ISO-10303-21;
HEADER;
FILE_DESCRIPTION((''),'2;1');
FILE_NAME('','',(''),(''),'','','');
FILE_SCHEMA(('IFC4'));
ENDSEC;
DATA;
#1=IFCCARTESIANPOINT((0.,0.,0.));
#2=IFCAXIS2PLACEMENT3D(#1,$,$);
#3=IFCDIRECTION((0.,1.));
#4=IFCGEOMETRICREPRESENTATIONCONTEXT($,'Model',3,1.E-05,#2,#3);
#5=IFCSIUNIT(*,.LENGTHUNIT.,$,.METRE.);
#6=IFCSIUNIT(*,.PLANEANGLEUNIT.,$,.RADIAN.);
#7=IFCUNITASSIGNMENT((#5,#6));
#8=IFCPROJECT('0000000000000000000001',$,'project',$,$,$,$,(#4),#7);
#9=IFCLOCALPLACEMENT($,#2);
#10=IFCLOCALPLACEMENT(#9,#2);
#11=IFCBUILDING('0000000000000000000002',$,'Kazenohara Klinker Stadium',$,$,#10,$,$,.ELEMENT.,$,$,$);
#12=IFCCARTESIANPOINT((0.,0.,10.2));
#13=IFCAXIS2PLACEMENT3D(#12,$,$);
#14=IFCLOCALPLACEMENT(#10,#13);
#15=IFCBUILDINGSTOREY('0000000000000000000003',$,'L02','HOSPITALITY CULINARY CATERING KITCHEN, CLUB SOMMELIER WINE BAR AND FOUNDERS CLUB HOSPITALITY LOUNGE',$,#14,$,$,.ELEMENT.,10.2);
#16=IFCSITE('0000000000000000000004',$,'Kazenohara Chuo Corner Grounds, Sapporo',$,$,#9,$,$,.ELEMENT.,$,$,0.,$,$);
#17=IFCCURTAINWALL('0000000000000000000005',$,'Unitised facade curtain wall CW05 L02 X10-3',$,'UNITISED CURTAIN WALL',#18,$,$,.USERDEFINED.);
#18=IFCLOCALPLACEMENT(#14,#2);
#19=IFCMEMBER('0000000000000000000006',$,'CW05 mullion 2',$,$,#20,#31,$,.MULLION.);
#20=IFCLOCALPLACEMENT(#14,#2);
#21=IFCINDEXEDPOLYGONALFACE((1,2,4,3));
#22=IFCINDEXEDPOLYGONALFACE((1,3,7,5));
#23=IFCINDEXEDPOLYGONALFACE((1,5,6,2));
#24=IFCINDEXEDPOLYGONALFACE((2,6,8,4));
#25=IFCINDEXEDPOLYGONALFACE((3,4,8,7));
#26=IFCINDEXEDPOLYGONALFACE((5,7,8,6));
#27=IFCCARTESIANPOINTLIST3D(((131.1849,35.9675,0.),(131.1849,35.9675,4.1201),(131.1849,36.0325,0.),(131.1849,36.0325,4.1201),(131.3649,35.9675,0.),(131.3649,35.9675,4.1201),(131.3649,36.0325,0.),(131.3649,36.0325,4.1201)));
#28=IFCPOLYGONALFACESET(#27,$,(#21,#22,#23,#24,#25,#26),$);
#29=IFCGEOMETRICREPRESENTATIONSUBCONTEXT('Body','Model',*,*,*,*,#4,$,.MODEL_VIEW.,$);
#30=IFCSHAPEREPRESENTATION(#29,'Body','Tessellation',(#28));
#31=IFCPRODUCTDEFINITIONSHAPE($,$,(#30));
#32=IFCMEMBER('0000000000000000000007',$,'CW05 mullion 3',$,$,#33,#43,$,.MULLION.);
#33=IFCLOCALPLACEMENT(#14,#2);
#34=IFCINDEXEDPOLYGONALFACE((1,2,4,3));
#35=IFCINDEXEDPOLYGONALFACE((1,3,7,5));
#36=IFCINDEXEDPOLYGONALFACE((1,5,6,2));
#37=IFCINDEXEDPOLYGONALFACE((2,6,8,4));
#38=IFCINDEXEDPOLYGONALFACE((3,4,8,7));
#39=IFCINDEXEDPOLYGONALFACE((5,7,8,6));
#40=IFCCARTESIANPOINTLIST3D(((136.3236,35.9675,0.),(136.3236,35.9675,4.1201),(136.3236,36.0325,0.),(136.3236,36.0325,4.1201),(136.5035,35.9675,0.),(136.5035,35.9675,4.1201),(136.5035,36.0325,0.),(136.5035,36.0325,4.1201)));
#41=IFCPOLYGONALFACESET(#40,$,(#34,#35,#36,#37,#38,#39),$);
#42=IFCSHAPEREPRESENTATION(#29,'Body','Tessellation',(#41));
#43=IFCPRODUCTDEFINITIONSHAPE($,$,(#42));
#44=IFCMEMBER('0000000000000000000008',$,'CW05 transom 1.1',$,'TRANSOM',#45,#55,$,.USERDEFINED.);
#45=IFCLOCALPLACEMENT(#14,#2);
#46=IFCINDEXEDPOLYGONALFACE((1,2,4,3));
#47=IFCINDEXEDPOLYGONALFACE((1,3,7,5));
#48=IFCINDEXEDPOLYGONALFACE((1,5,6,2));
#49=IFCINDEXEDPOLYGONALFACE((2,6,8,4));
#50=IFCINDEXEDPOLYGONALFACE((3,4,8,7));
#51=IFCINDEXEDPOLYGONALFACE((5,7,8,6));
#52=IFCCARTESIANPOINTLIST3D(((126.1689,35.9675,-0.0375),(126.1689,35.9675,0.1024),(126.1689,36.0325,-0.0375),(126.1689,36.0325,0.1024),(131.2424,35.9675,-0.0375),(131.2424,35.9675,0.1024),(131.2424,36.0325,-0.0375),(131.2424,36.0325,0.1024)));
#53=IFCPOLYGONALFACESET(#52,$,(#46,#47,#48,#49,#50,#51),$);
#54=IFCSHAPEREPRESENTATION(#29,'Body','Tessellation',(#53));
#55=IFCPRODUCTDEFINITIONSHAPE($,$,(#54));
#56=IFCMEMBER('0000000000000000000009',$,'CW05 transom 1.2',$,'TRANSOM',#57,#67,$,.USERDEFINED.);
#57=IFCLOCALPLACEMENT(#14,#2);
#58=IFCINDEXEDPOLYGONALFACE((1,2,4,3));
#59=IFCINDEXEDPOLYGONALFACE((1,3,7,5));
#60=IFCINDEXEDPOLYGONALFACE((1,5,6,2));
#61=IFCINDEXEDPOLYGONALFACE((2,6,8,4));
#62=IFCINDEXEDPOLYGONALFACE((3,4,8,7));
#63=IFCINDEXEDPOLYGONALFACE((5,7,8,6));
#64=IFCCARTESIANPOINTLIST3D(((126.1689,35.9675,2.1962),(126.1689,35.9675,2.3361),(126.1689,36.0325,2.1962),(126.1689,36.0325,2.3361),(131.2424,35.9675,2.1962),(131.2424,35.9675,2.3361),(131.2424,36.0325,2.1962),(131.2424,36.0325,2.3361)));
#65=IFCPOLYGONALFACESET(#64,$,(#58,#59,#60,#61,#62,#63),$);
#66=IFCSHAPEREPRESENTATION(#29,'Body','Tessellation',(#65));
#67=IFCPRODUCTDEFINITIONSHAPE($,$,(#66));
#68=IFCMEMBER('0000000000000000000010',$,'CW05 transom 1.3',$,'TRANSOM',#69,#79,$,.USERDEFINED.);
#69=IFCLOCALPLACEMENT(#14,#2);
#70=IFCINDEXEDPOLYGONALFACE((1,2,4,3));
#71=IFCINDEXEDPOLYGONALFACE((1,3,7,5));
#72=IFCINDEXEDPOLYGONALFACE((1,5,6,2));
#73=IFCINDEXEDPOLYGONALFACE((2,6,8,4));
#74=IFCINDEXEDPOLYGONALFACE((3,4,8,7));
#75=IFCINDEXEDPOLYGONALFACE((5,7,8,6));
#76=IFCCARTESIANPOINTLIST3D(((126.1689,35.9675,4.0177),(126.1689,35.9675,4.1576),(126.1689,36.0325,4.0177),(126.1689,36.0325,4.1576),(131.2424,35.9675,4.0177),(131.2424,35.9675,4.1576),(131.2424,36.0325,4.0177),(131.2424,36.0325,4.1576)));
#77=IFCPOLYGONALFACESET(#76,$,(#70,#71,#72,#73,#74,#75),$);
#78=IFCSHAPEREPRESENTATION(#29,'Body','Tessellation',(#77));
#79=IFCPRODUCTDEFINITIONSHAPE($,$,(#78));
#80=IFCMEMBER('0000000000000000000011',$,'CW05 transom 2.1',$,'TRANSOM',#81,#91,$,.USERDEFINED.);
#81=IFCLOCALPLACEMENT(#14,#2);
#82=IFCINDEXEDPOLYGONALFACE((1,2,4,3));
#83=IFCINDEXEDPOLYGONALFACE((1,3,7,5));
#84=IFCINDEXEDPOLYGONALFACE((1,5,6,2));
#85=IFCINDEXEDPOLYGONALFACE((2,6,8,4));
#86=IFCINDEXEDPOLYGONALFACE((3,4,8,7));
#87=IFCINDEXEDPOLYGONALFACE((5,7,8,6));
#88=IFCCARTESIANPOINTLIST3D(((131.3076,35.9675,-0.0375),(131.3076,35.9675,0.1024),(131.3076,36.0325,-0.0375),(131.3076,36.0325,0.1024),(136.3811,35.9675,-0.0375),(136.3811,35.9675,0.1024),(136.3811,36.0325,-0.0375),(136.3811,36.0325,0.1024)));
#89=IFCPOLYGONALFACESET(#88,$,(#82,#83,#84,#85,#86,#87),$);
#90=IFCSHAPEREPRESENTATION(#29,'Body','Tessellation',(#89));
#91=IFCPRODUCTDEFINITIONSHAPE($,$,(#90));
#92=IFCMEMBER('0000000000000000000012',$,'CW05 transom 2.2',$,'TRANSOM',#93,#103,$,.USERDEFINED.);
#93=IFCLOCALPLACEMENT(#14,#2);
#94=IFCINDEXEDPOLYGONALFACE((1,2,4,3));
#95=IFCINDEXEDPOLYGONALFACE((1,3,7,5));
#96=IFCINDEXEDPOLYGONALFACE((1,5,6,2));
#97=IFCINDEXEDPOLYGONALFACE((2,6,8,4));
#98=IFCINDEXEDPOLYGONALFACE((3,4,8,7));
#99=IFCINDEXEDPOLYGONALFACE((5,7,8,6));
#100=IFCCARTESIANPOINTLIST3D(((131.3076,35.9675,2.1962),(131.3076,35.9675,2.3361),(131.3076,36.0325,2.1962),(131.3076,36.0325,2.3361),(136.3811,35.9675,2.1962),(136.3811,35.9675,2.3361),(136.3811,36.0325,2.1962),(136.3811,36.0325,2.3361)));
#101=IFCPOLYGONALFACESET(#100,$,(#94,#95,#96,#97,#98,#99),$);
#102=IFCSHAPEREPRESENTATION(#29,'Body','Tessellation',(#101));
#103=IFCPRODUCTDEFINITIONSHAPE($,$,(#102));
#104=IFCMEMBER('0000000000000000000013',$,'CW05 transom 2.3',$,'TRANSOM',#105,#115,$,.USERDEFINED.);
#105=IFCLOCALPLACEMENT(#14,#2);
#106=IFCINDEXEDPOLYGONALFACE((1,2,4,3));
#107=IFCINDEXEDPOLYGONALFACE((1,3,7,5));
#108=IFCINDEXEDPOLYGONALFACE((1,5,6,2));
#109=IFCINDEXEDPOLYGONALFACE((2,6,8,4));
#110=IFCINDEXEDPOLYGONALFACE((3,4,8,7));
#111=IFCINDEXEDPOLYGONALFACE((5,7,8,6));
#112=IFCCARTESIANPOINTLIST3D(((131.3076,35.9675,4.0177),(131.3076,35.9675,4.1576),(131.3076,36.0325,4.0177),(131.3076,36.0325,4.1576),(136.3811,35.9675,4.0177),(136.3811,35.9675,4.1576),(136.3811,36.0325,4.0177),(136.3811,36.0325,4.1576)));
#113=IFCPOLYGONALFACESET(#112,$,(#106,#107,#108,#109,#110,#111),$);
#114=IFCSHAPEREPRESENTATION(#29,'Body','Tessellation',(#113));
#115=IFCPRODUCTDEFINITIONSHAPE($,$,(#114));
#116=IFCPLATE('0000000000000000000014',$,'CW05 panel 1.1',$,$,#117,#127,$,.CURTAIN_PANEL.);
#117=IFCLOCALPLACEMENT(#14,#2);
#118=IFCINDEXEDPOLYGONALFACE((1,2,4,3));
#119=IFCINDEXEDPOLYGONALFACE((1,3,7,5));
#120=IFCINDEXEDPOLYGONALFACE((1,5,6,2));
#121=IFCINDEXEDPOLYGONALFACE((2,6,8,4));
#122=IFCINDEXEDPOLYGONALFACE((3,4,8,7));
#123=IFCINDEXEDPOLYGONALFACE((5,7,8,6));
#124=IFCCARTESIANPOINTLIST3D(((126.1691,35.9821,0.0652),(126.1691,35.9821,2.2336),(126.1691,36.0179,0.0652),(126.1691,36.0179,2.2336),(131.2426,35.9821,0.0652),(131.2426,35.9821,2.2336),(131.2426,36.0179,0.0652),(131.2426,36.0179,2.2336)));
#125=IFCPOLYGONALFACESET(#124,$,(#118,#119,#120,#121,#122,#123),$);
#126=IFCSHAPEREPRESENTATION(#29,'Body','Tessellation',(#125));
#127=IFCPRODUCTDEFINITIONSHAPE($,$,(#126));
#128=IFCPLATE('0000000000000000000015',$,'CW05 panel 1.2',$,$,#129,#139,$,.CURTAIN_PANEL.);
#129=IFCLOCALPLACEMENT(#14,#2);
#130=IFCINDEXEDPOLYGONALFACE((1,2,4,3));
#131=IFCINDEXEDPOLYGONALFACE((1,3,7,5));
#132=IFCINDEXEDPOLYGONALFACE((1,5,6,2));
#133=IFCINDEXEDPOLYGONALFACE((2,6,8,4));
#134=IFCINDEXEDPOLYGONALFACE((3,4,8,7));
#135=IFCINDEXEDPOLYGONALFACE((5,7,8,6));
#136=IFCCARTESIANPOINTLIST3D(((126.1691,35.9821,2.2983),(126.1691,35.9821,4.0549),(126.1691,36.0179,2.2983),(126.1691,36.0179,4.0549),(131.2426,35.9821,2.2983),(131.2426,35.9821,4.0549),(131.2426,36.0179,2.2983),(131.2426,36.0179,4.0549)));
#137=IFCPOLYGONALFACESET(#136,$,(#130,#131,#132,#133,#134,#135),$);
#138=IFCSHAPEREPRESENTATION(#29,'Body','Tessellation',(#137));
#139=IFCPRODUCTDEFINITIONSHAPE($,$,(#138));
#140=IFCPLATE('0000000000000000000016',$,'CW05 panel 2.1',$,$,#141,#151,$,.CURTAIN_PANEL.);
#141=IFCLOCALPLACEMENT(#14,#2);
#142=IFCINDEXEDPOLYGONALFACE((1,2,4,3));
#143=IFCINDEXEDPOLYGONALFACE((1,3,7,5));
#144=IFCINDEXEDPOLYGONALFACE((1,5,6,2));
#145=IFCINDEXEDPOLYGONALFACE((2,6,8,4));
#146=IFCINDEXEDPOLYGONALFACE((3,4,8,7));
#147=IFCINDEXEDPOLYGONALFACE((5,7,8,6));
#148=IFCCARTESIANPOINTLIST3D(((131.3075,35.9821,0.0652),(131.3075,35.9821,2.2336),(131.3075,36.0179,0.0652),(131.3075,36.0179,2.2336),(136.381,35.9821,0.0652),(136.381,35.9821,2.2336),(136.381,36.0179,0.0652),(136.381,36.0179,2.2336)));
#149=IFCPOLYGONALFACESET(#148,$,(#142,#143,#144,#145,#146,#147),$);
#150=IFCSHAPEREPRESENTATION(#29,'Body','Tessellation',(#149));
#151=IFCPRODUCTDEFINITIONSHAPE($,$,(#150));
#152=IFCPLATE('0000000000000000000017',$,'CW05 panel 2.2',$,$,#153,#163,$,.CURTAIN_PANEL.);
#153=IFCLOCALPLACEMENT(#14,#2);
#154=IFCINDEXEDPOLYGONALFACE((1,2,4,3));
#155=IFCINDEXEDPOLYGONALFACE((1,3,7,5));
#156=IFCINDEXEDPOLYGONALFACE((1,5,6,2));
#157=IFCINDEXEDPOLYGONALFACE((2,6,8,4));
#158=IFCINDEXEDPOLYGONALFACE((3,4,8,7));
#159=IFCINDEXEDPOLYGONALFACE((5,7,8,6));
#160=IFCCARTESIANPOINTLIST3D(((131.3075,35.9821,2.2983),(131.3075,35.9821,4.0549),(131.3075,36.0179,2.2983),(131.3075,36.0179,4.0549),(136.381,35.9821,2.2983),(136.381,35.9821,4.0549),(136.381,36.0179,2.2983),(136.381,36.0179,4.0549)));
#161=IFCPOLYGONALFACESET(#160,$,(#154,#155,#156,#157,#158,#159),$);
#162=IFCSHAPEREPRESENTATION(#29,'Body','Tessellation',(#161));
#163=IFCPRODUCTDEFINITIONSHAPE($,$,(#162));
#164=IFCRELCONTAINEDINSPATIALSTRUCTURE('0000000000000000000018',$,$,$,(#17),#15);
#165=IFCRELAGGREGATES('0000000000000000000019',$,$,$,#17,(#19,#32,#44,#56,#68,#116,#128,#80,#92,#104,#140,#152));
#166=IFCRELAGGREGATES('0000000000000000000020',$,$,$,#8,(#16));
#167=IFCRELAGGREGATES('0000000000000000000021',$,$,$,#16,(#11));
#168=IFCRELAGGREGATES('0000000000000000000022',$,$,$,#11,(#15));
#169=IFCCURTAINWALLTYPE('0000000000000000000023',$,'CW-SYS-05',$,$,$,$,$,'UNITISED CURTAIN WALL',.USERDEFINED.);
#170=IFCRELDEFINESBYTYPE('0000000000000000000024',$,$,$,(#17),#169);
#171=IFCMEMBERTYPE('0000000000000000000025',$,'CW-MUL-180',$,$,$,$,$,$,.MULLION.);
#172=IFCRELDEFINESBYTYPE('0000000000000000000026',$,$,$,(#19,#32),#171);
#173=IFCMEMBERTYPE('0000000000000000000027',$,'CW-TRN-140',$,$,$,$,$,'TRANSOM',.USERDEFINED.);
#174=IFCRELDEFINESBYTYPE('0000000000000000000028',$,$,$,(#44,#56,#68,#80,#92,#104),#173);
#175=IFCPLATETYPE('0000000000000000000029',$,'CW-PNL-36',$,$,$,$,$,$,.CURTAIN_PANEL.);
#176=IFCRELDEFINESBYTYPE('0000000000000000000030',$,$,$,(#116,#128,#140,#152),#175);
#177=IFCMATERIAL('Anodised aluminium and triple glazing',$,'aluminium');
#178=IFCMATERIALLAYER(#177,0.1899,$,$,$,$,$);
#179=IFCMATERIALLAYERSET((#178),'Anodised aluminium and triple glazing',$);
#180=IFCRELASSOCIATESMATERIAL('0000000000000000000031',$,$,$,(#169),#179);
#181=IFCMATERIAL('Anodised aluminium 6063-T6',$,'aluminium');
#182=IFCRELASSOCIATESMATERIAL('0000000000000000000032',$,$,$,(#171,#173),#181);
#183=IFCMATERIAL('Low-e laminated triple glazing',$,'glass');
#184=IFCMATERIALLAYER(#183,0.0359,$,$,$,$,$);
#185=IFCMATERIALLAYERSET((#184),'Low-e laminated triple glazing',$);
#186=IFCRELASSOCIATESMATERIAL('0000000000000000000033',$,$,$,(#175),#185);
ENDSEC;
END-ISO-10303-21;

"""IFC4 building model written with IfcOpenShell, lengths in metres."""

from ifc_helpers import new_model, si_unit, direction, frame, origin, origin_2d, place, context, subcontext, project, spatial, rectangle, extrude, material, layer, layer_set, material_profile, profile_set, type_object, element, aggregate, save


model = new_model("IFC4")

# Units and contexts
model_context = context("Model", 3, precision=1e-05, world=origin(), true_north=direction((0.0, 1.0)))
body_context = subcontext(model_context, "Body", "Model", "MODEL_VIEW")
ifc_project = project(units=[si_unit("LENGTHUNIT", "METRE"), si_unit("PLANEANGLEUNIT", "RADIAN")], contexts=[model_context])

# Site, building, storey
site_placement = place(None, origin())
site = spatial("IfcSite", under=ifc_project, at=site_placement, Name="Kazenohara Chuo Corner Grounds, Sapporo", CompositionType="ELEMENT", RefElevation=0.0)
building_placement = place(site_placement, origin())
building = spatial("IfcBuilding", under=site, at=building_placement, Name="Kazenohara Klinker Stadium", CompositionType="ELEMENT")
storey_placement = place(building_placement, frame((0.0, 0.0, 10.2)))
storey = spatial("IfcBuildingStorey", under=building, at=storey_placement, Name="L02", Description="HOSPITALITY CULINARY CATERING KITCHEN, CLUB SOMMELIER WINE BAR AND FOUNDERS CLUB HOSPITALITY LOUNGE", CompositionType="ELEMENT", Elevation=10.2)

# Curtain wall, members, plates
ifc_material_1 = material(Name="Anodised aluminium and triple glazing", Category="aluminium")
ifc_layer_1 = layer(ifc_material_1, 0.1899)
ifc_layer_set_1 = layer_set([ifc_layer_1], Name="Anodised aluminium and triple glazing")
curtain_wall_type = type_object("IfcCurtainWallType", Name="CW-SYS-05", ElementType="UNITISED CURTAIN WALL", PredefinedType="USERDEFINED", material=ifc_layer_set_1)
curtain_wall_placement = place(storey_placement, origin())
curtain_wall = element("IfcCurtainWall", 1, at=curtain_wall_placement, inside=storey, type_object=curtain_wall_type, Name="Unitised facade curtain wall CW05 L02 X10-3", ObjectType="UNITISED CURTAIN WALL", PredefinedType="USERDEFINED")
ifc_material_2 = material(Name="Anodised aluminium 6063-T6", Category="aluminium")
ifc_material_profile_1 = material_profile(ifc_material_2, rectangle(XDim=0.0649, YDim=0.1799, at=origin_2d()), Name="ALU-MUL-65x180")
ifc_profile_set_1 = profile_set([ifc_material_profile_1], Name="Anodised aluminium 6063-T6")
member_type_1 = type_object("IfcMemberType", Name="CW-MUL-180", PredefinedType="MULLION", material=ifc_profile_set_1)
member_1_placement = place(storey_placement, frame((131.2749, 36.0, 0.0), z_axis=(0.0, 0.0, 1.0), x_axis=(0.0, 1.0, 0.0)))
member_1 = element("IfcMember", 2, at=member_1_placement, type_object=member_type_1, Name="CW05 mullion 2", PredefinedType="MULLION", context=body_context, shape_type="SweptSolid", body=[
    extrude(rectangle(XDim=0.0649, YDim=0.1799, at=origin_2d()), origin(), (0.0, 0.0, 1.0), 4.1201),
])
member_2_placement = place(storey_placement, frame((136.4136, 36.0, 0.0), z_axis=(0.0, 0.0, 1.0), x_axis=(0.0, 1.0, 0.0)))
member_2 = element("IfcMember", 3, at=member_2_placement, type_object=member_type_1, Name="CW05 mullion 3", PredefinedType="MULLION", context=body_context, shape_type="SweptSolid", body=[
    extrude(rectangle(XDim=0.0649, YDim=0.1799, at=origin_2d()), origin(), (0.0, 0.0, 1.0), 4.1201),
])
ifc_material_profile_2 = material_profile(ifc_material_2, rectangle(XDim=0.0649, YDim=0.1399, at=origin_2d()), Name="ALU-TRN-65x140")
ifc_profile_set_2 = profile_set([ifc_material_profile_2], Name="Anodised aluminium 6063-T6")
member_type_2 = type_object("IfcMemberType", Name="CW-TRN-140", ElementType="TRANSOM", PredefinedType="USERDEFINED", material=ifc_profile_set_2)
member_3_placement = place(storey_placement, frame((126.1689, 36.0, 0.0325), z_axis=(1.0, 0.0, 0.0), x_axis=(0.0, 1.0, 0.0)))
member_3 = element("IfcMember", 4, at=member_3_placement, type_object=member_type_2, Name="CW05 transom 1.1", ObjectType="TRANSOM", PredefinedType="USERDEFINED", context=body_context, shape_type="SweptSolid", body=[
    extrude(rectangle(XDim=0.0649, YDim=0.1399, at=origin_2d()), origin(), (0.0, 0.0, 1.0), 5.0735),
])
member_4_placement = place(storey_placement, frame((126.1689, 36.0, 2.2661), z_axis=(1.0, 0.0, 0.0), x_axis=(0.0, 1.0, 0.0)))
member_4 = element("IfcMember", 5, at=member_4_placement, type_object=member_type_2, Name="CW05 transom 1.2", ObjectType="TRANSOM", PredefinedType="USERDEFINED", context=body_context, shape_type="SweptSolid", body=[
    extrude(rectangle(XDim=0.0649, YDim=0.1399, at=origin_2d()), origin(), (0.0, 0.0, 1.0), 5.0735),
])
member_5_placement = place(storey_placement, frame((126.1689, 36.0, 4.0876), z_axis=(1.0, 0.0, 0.0), x_axis=(0.0, 1.0, 0.0)))
member_5 = element("IfcMember", 6, at=member_5_placement, type_object=member_type_2, Name="CW05 transom 1.3", ObjectType="TRANSOM", PredefinedType="USERDEFINED", context=body_context, shape_type="SweptSolid", body=[
    extrude(rectangle(XDim=0.0649, YDim=0.1399, at=origin_2d()), origin(), (0.0, 0.0, 1.0), 5.0735),
])
member_6_placement = place(storey_placement, frame((131.3076, 36.0, 0.0325), z_axis=(1.0, 0.0, 0.0), x_axis=(0.0, 1.0, 0.0)))
member_6 = element("IfcMember", 7, at=member_6_placement, type_object=member_type_2, Name="CW05 transom 2.1", ObjectType="TRANSOM", PredefinedType="USERDEFINED", context=body_context, shape_type="SweptSolid", body=[
    extrude(rectangle(XDim=0.0649, YDim=0.1399, at=origin_2d()), origin(), (0.0, 0.0, 1.0), 5.0735),
])
member_7_placement = place(storey_placement, frame((131.3076, 36.0, 2.2661), z_axis=(1.0, 0.0, 0.0), x_axis=(0.0, 1.0, 0.0)))
member_7 = element("IfcMember", 8, at=member_7_placement, type_object=member_type_2, Name="CW05 transom 2.2", ObjectType="TRANSOM", PredefinedType="USERDEFINED", context=body_context, shape_type="SweptSolid", body=[
    extrude(rectangle(XDim=0.0649, YDim=0.1399, at=origin_2d()), origin(), (0.0, 0.0, 1.0), 5.0735),
])
member_8_placement = place(storey_placement, frame((131.3076, 36.0, 4.0876), z_axis=(1.0, 0.0, 0.0), x_axis=(0.0, 1.0, 0.0)))
member_8 = element("IfcMember", 9, at=member_8_placement, type_object=member_type_2, Name="CW05 transom 2.3", ObjectType="TRANSOM", PredefinedType="USERDEFINED", context=body_context, shape_type="SweptSolid", body=[
    extrude(rectangle(XDim=0.0649, YDim=0.1399, at=origin_2d()), origin(), (0.0, 0.0, 1.0), 5.0735),
])
ifc_material_3 = material(Name="Low-e laminated triple glazing", Category="glass")
ifc_layer_2 = layer(ifc_material_3, 0.0359)
ifc_layer_set_2 = layer_set([ifc_layer_2], Name="Low-e laminated triple glazing")
plate_type = type_object("IfcPlateType", Name="CW-PNL-36", PredefinedType="CURTAIN_PANEL", material=ifc_layer_set_2)
plate_1_placement = place(storey_placement, frame((128.7058, 36.0, 0.0652), z_axis=(0.0, 0.0, 1.0), x_axis=(1.0, 0.0, 0.0)))
plate_1 = element("IfcPlate", 10, at=plate_1_placement, type_object=plate_type, Name="CW05 panel 1.1", PredefinedType="CURTAIN_PANEL", context=body_context, shape_type="SweptSolid", body=[
    extrude(rectangle(XDim=5.0735, YDim=0.0359, at=origin_2d()), origin(), (0.0, 0.0, 1.0), 2.1685),
])
plate_2_placement = place(storey_placement, frame((128.7058, 36.0, 2.2983), z_axis=(0.0, 0.0, 1.0), x_axis=(1.0, 0.0, 0.0)))
plate_2 = element("IfcPlate", 11, at=plate_2_placement, type_object=plate_type, Name="CW05 panel 1.2", PredefinedType="CURTAIN_PANEL", context=body_context, shape_type="SweptSolid", body=[
    extrude(rectangle(XDim=5.0735, YDim=0.0359, at=origin_2d()), origin(), (0.0, 0.0, 1.0), 1.7566),
])
plate_3_placement = place(storey_placement, frame((133.8442, 36.0, 0.0652), z_axis=(0.0, 0.0, 1.0), x_axis=(1.0, 0.0, 0.0)))
plate_3 = element("IfcPlate", 12, at=plate_3_placement, type_object=plate_type, Name="CW05 panel 2.1", PredefinedType="CURTAIN_PANEL", context=body_context, shape_type="SweptSolid", body=[
    extrude(rectangle(XDim=5.0735, YDim=0.0359, at=origin_2d()), origin(), (0.0, 0.0, 1.0), 2.1685),
])
plate_4_placement = place(storey_placement, frame((133.8442, 36.0, 2.2983), z_axis=(0.0, 0.0, 1.0), x_axis=(1.0, 0.0, 0.0)))
plate_4 = element("IfcPlate", 13, at=plate_4_placement, type_object=plate_type, Name="CW05 panel 2.2", PredefinedType="CURTAIN_PANEL", context=body_context, shape_type="SweptSolid", body=[
    extrude(rectangle(XDim=5.0735, YDim=0.0359, at=origin_2d()), origin(), (0.0, 0.0, 1.0), 1.7566),
])
aggregate(curtain_wall, [member_1, member_2, member_3, member_4, member_5, plate_1, plate_2, member_6, member_7, member_8, plate_3, plate_4])

save(model, "model.ifc")
